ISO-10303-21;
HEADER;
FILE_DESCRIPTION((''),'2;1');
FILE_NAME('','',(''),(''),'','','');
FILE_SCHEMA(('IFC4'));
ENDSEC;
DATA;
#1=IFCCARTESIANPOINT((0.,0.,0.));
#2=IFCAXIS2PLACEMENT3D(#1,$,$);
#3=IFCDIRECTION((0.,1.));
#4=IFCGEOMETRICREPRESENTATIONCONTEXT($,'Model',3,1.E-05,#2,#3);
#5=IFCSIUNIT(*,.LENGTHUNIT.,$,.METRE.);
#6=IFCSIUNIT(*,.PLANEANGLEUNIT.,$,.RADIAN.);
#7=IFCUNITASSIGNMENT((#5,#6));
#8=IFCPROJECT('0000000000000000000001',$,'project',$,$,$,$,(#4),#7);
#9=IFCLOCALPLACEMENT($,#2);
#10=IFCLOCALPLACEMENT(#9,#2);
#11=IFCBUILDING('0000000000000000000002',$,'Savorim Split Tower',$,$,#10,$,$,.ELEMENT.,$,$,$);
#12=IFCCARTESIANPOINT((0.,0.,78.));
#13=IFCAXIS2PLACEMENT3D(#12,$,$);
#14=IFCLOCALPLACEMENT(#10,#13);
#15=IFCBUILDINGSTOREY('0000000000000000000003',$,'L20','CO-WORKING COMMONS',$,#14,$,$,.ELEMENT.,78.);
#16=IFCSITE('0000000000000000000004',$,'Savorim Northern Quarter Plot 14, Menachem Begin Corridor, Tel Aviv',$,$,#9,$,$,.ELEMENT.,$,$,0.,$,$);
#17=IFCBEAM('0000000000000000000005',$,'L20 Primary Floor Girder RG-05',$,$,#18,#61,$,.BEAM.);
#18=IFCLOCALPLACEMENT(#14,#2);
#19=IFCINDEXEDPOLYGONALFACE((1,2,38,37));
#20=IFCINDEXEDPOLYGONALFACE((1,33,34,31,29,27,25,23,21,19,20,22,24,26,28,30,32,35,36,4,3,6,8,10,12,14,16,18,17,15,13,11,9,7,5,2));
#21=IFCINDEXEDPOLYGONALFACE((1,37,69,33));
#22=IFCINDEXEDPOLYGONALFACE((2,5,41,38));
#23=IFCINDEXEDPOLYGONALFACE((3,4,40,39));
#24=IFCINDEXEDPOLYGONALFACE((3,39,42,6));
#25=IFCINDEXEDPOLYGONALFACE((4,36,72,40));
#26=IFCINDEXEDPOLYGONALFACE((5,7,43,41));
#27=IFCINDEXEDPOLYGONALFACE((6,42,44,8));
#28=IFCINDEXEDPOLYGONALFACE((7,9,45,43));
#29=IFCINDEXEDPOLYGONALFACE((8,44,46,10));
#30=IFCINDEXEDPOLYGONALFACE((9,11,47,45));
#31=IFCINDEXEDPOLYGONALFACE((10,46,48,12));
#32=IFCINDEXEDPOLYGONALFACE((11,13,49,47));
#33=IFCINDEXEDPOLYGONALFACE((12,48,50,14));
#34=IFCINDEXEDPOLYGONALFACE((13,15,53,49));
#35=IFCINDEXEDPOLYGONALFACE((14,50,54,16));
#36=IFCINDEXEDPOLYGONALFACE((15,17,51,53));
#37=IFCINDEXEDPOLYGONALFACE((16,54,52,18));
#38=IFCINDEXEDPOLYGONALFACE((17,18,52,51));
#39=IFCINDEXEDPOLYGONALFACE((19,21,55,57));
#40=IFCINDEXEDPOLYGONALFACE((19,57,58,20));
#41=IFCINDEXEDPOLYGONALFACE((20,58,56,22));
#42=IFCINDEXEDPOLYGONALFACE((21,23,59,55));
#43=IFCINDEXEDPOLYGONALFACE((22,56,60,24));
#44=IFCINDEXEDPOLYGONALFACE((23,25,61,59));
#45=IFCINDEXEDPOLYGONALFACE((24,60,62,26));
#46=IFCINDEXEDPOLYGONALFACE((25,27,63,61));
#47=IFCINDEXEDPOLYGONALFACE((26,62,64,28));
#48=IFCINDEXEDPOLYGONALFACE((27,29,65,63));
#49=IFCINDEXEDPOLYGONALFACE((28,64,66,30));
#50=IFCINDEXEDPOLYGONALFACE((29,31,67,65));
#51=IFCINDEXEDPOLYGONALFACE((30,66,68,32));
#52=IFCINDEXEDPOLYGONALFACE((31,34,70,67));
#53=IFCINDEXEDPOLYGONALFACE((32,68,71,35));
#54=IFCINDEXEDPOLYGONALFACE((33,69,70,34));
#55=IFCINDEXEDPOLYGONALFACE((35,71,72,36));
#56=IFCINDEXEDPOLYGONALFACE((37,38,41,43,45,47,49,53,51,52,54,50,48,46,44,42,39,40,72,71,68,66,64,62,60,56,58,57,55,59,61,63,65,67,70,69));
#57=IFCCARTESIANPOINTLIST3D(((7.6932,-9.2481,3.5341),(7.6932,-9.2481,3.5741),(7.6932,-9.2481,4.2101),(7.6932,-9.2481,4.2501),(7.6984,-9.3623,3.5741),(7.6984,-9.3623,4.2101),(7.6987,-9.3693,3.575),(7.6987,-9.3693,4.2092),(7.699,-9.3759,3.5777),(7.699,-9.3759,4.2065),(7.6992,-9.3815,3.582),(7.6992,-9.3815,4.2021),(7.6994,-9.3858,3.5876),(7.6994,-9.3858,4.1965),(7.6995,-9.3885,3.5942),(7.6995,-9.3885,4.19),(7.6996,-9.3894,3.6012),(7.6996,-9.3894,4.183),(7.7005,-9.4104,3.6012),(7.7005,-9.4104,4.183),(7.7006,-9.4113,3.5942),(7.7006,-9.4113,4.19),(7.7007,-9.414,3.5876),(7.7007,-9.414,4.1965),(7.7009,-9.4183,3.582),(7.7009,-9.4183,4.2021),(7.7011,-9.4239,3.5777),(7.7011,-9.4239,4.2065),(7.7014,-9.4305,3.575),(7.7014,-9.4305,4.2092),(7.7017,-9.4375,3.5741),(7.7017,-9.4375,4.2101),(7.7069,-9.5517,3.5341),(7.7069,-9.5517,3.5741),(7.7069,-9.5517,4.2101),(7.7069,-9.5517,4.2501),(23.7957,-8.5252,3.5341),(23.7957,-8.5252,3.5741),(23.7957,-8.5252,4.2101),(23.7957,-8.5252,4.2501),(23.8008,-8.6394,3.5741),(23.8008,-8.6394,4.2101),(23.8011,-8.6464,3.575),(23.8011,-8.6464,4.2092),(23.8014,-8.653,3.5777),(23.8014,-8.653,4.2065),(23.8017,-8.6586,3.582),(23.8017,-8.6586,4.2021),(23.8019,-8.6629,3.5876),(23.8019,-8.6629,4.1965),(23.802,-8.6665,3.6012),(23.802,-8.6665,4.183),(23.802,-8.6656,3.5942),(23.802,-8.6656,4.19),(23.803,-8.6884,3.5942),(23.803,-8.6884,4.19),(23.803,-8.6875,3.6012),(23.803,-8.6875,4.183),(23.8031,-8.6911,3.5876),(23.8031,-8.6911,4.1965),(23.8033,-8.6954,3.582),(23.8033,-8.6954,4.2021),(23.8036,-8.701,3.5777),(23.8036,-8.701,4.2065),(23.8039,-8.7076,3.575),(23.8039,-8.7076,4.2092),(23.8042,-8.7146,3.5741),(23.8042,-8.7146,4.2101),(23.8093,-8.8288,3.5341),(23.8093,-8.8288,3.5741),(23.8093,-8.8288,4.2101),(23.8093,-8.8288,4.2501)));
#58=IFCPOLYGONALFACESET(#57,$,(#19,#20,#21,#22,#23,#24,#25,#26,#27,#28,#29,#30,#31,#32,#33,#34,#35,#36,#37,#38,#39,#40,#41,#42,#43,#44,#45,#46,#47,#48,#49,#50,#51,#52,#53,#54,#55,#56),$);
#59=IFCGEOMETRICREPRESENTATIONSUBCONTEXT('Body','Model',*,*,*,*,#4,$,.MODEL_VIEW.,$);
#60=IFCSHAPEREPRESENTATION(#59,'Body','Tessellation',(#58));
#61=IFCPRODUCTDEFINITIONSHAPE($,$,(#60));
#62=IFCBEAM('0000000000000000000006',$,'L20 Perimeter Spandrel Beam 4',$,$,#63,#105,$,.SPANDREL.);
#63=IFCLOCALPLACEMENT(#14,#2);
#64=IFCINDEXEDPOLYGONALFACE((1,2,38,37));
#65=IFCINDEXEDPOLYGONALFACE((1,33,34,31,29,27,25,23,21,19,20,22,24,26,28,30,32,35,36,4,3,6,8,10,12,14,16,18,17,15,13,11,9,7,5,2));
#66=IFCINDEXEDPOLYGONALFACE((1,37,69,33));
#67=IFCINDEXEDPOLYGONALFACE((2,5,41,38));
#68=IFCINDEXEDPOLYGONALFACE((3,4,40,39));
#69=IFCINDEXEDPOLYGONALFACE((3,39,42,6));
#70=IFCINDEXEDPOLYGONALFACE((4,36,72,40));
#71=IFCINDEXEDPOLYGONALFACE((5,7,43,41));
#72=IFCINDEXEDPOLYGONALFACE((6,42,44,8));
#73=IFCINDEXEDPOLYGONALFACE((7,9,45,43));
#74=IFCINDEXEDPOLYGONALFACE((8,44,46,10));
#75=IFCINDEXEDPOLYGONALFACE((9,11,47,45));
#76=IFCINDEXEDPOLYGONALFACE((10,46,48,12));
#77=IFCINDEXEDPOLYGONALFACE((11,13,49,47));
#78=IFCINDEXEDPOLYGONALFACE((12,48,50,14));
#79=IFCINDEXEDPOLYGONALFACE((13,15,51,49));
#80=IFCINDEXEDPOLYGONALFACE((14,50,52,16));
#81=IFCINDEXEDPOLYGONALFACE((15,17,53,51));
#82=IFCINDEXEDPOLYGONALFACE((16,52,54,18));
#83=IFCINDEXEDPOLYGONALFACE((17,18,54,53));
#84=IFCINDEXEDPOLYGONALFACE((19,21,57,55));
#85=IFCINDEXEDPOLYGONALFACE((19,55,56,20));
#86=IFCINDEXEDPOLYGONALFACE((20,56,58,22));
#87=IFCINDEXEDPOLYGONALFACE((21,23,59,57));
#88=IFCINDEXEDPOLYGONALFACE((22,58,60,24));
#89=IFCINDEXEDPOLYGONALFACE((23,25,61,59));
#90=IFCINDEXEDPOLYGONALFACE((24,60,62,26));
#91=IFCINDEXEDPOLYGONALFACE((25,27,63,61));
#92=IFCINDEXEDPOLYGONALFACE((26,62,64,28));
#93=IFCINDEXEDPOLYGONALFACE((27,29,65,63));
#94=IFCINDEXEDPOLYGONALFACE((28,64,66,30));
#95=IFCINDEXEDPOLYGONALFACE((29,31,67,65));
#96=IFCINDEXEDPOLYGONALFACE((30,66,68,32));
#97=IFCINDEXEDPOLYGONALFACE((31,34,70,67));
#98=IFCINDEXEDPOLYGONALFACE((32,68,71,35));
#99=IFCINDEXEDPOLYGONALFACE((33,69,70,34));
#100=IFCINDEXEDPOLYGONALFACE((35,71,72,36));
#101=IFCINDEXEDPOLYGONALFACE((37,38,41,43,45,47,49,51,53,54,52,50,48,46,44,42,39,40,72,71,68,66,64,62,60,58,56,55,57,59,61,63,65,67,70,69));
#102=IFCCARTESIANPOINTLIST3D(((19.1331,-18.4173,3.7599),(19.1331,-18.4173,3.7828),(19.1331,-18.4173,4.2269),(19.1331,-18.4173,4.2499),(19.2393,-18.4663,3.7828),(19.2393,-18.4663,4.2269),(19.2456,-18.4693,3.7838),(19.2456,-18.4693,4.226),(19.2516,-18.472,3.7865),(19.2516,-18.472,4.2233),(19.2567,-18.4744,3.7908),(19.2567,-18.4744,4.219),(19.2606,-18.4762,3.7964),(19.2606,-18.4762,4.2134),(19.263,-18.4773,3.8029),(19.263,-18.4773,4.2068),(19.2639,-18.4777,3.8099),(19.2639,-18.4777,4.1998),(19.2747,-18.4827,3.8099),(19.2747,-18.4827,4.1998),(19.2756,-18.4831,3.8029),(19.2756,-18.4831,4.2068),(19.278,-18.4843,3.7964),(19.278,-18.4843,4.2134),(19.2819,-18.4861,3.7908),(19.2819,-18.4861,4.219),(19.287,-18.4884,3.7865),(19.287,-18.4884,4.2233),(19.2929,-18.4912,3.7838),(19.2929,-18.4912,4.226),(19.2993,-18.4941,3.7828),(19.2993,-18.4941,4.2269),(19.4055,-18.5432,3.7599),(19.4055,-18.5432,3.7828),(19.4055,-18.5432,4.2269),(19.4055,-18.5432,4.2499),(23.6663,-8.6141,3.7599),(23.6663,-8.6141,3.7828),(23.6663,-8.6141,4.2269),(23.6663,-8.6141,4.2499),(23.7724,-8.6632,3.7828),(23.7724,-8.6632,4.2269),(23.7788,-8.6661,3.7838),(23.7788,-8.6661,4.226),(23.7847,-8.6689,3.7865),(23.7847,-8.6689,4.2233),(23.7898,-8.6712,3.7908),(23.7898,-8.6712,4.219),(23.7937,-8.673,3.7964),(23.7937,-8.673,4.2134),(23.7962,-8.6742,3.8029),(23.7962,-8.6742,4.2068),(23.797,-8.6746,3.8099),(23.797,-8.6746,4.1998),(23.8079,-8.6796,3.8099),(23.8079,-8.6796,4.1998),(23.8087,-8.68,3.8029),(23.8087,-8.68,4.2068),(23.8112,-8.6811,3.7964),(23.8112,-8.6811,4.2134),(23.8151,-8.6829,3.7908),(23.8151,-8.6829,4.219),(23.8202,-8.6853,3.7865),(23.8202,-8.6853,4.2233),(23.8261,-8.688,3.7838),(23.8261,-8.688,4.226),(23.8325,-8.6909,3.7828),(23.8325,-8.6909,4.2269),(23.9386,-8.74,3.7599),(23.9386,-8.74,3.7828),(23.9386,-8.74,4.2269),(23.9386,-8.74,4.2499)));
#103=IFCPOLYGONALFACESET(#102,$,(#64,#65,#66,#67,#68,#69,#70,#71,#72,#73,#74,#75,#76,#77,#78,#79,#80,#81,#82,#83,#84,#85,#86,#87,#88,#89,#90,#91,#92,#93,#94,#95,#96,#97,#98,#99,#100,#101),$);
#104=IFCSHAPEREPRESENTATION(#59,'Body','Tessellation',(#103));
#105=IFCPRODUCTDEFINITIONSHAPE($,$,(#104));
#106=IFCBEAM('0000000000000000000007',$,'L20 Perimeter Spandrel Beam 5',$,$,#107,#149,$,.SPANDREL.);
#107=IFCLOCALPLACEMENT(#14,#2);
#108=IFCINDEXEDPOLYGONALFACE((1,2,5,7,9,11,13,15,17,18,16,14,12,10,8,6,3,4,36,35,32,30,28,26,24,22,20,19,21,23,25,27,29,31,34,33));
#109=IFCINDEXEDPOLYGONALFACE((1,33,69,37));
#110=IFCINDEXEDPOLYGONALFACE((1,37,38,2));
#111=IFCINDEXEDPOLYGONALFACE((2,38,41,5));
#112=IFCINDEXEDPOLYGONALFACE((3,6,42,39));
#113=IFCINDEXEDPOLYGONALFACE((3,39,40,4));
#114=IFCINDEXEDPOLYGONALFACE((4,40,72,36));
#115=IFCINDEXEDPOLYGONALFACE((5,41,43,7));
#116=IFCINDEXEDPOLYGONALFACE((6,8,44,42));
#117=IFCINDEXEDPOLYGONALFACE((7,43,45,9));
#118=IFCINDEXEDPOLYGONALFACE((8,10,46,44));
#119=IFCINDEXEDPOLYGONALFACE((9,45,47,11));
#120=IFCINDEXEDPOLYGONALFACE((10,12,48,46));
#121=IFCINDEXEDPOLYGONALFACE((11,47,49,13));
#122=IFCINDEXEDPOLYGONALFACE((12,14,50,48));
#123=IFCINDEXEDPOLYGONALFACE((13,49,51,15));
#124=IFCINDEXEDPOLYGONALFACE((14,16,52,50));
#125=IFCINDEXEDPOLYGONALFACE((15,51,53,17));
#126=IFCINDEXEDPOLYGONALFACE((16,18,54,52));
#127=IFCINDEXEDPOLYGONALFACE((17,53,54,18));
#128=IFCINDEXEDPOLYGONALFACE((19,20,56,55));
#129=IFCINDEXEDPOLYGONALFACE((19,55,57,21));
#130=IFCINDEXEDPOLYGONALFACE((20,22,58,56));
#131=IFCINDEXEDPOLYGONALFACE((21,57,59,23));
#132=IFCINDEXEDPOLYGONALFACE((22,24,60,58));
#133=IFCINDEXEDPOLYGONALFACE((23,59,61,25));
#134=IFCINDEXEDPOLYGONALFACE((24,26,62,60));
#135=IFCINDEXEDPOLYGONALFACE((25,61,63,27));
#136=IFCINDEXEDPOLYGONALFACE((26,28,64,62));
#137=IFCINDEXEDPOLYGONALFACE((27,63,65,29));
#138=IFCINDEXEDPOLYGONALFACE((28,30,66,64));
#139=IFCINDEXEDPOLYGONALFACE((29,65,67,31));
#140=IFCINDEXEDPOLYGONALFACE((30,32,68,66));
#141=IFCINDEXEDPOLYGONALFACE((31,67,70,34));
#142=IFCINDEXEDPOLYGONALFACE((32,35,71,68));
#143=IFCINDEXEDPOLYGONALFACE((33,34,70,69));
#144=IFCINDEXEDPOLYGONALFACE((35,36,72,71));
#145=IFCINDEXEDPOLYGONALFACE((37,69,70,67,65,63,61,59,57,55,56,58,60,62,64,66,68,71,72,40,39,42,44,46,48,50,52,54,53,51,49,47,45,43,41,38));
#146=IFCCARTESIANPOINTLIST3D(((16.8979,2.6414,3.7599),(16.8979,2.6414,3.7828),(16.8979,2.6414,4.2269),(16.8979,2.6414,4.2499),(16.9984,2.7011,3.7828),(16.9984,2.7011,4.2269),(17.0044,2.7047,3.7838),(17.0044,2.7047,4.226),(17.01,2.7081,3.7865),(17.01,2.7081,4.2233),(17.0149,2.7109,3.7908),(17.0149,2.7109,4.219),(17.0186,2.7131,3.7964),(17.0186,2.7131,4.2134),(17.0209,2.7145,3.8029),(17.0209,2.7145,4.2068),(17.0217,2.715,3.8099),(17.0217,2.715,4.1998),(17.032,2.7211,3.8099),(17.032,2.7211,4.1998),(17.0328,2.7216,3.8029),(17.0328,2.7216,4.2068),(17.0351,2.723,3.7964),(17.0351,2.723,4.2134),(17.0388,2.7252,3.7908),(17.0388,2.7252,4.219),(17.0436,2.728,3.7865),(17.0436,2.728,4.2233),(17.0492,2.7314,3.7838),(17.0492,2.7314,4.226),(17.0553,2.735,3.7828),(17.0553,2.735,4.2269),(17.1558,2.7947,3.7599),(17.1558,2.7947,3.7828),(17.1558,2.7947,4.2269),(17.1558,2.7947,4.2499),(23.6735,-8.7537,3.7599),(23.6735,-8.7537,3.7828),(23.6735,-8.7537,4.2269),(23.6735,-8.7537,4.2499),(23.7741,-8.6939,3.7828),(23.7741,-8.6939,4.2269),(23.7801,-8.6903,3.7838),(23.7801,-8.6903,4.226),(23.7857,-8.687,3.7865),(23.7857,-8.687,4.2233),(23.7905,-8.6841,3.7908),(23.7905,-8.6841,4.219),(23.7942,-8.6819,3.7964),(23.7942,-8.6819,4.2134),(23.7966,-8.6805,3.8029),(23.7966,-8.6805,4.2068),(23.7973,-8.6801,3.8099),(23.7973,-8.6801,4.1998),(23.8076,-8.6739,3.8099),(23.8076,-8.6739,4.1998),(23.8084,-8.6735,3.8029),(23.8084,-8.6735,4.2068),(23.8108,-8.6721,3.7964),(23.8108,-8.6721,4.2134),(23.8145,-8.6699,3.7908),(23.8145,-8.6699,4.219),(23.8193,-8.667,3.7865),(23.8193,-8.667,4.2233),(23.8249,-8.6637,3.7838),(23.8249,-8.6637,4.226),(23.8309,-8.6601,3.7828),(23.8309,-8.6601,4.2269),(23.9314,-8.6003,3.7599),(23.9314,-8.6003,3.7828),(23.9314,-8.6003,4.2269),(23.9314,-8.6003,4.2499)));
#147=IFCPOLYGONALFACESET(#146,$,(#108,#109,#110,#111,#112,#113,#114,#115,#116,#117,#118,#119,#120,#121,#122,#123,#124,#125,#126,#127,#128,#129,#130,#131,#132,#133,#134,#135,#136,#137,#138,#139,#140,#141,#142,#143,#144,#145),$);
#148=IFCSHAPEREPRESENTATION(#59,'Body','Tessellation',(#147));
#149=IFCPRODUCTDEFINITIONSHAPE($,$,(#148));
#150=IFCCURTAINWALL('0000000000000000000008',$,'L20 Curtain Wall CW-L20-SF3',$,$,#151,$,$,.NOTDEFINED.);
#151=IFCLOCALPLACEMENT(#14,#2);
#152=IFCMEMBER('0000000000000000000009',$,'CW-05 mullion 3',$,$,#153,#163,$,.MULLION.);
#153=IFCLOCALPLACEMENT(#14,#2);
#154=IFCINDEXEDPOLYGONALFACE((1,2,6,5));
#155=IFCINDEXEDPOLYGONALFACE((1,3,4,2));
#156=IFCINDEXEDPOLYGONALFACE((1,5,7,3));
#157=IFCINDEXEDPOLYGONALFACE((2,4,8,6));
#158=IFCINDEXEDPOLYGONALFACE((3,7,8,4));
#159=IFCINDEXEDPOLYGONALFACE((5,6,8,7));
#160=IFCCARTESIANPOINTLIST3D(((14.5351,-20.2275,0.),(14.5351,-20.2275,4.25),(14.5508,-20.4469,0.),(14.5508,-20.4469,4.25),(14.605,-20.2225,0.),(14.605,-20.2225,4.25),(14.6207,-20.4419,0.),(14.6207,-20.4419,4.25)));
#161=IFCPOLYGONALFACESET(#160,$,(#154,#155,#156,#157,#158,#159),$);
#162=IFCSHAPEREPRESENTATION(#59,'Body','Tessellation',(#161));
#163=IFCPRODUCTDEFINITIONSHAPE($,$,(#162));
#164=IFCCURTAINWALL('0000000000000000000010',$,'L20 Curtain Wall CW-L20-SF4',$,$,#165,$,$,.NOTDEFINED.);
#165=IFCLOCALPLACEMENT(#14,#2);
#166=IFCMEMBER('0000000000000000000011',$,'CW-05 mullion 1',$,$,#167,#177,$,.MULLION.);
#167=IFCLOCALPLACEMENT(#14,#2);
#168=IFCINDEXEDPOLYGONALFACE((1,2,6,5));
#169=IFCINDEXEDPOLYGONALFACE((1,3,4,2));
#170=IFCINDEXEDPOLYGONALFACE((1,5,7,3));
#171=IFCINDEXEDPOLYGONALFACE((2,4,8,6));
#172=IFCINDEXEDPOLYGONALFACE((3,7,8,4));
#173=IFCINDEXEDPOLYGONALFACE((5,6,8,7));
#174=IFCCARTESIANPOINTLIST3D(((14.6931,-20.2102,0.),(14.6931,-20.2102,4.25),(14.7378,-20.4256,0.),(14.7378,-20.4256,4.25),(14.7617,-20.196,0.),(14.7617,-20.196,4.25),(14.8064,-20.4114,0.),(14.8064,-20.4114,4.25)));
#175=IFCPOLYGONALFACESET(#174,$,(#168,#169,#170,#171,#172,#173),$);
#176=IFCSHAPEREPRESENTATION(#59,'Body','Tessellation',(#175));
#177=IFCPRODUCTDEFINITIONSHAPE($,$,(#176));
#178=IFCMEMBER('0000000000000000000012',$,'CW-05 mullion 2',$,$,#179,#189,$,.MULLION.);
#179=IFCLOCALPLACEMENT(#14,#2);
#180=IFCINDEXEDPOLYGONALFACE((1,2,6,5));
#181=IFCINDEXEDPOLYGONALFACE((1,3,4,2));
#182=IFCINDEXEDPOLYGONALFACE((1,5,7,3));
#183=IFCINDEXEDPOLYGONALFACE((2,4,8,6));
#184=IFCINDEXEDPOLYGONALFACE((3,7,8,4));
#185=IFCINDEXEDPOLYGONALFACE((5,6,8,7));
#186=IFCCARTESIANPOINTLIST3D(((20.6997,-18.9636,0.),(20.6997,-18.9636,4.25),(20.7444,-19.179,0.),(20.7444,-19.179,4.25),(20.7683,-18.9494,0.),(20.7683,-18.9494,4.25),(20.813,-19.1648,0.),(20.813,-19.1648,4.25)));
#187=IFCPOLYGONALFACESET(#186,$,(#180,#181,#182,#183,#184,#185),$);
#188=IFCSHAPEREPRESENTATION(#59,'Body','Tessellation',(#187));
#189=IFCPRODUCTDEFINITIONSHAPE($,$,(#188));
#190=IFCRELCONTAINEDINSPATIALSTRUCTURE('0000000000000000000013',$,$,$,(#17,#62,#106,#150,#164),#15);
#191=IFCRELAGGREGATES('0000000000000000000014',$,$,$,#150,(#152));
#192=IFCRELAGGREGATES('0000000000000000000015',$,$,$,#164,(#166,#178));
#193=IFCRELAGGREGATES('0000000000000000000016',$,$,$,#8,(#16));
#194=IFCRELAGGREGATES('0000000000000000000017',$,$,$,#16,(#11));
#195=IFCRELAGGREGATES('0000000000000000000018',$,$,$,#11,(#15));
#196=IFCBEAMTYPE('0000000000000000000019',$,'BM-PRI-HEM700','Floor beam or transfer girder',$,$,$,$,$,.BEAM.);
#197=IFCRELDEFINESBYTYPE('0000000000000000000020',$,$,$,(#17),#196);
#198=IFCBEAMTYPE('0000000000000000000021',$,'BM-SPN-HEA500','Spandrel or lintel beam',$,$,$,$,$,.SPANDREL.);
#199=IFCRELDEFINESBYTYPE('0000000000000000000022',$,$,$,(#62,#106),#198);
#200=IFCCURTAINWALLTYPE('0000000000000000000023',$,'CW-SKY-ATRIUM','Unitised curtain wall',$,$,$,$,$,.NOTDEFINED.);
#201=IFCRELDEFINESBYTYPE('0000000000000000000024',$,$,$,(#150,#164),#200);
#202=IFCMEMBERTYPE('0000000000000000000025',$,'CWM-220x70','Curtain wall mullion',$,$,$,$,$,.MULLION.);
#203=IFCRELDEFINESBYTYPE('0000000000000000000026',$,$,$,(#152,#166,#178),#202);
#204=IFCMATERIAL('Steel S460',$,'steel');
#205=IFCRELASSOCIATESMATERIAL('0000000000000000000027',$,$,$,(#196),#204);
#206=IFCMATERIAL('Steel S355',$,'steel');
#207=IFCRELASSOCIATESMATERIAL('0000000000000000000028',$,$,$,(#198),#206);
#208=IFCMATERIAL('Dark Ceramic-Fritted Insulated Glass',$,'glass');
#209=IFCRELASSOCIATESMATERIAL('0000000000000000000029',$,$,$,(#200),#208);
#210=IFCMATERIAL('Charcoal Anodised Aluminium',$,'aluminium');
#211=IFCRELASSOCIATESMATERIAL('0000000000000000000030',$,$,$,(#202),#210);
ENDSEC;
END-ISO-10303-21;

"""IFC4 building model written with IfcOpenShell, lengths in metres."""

from ifc_helpers import new_model, si_unit, direction, frame, origin, origin_2d, place, context, subcontext, project, spatial, rectangle, i_section, extrude, material, material_profile, profile_set, type_object, element, aggregate, save


model = new_model("IFC4")

# Units and contexts
model_context = context("Model", 3, precision=1e-05, world=origin(), true_north=direction((0.0, 1.0)))
body_context = subcontext(model_context, "Body", "Model", "MODEL_VIEW")
ifc_project = project(units=[si_unit("LENGTHUNIT", "METRE"), si_unit("PLANEANGLEUNIT", "RADIAN")], contexts=[model_context])

# Site, building, storey
site_placement = place(None, origin())
site = spatial("IfcSite", under=ifc_project, at=site_placement, Name="Savorim Northern Quarter Plot 14, Menachem Begin Corridor, Tel Aviv", CompositionType="ELEMENT", RefElevation=0.0)
building_placement = place(site_placement, origin())
building = spatial("IfcBuilding", under=site, at=building_placement, Name="Savorim Split Tower", CompositionType="ELEMENT")
storey_placement = place(building_placement, frame((0.0, 0.0, 78.0)))
storey = spatial("IfcBuildingStorey", under=building, at=storey_placement, Name="L20", Description="CO-WORKING COMMONS", CompositionType="ELEMENT", Elevation=78.0)

# Shared definitions
ifc_material_1 = material(Name="Steel S460", Category="steel")

# Beams
ifc_material_2 = material(Name="Steel S355", Category="steel")
ifc_material_profile_1 = material_profile(ifc_material_1, i_section(OverallWidth=0.304, OverallDepth=0.7161, WebThickness=0.021, FlangeThickness=0.04, FilletRadius=0.0271, at=origin_2d()), Name="HE 700 M")
ifc_profile_set_1 = profile_set([ifc_material_profile_1], Name="Steel S460")
beam_type_1 = type_object("IfcBeamType", Name="BM-PRI-HEM700", Description="Floor beam or transfer girder", PredefinedType="BEAM", material=ifc_profile_set_1)
beam_1_placement = place(storey_placement, frame((23.8025, -8.677, 3.8921), z_axis=(-0.998994, -0.044848, 0.0), x_axis=(0.044848, -0.998994, 0.0)))
element("IfcBeam", 1, at=beam_1_placement, inside=storey, type_object=beam_type_1, Name="L20 Primary Floor Girder RG-05", PredefinedType="BEAM", context=body_context, shape_type="SweptSolid", body=[
    extrude(i_section(OverallWidth=0.304, OverallDepth=0.7161, WebThickness=0.021, FlangeThickness=0.04, FilletRadius=0.0271, at=origin_2d()), origin(), (0.0, 0.0, 1.0), 16.1187),
])
ifc_material_profile_2 = material_profile(ifc_material_2, i_section(OverallWidth=0.3, OverallDepth=0.49, WebThickness=0.012, FlangeThickness=0.0229, FilletRadius=0.0271, at=origin_2d()), Name="HEA 500")
ifc_profile_set_2 = profile_set([ifc_material_profile_2], Name="Steel S355")
beam_type_2 = type_object("IfcBeamType", Name="BM-SPN-HEA500", Description="Spandrel or lintel beam", PredefinedType="SPANDREL", material=ifc_profile_set_2)
beam_2_placement = place(storey_placement, frame((19.2693, -18.4802, 4.0049), z_axis=(0.419717, 0.907655, 0.0), x_axis=(-0.907655, 0.419717, 0.0)))
element("IfcBeam", 2, at=beam_2_placement, inside=storey, type_object=beam_type_2, Name="L20 Perimeter Spandrel Beam 4", PredefinedType="SPANDREL", context=body_context, shape_type="SweptSolid", body=[
    extrude(i_section(OverallWidth=0.3, OverallDepth=0.49, WebThickness=0.012, FlangeThickness=0.0229, FilletRadius=0.0271, at=origin_2d()), origin(), (0.0, 0.0, 1.0), 10.8005),
])
beam_3_placement = place(storey_placement, frame((23.8025, -8.677, 4.0049), z_axis=(-0.511088, 0.859529, 0.0), x_axis=(-0.859529, -0.511088, 0.0)))
element("IfcBeam", 3, at=beam_3_placement, inside=storey, type_object=beam_type_2, Name="L20 Perimeter Spandrel Beam 5", PredefinedType="SPANDREL", context=body_context, shape_type="SweptSolid", body=[
    extrude(i_section(OverallWidth=0.3, OverallDepth=0.49, WebThickness=0.012, FlangeThickness=0.0229, FilletRadius=0.0271, at=origin_2d()), origin(), (0.0, 0.0, 1.0), 13.2573),
])

# Curtain wall, member
ifc_material_3 = material(Name="Dark Ceramic-Fritted Insulated Glass", Category="glass")
curtain_wall_type = type_object("IfcCurtainWallType", Name="CW-SKY-ATRIUM", Description="Unitised curtain wall", PredefinedType="NOTDEFINED", material=ifc_material_3)
curtain_wall_1_placement = place(storey_placement, origin())
curtain_wall_1 = element("IfcCurtainWall", 4, at=curtain_wall_1_placement, inside=storey, type_object=curtain_wall_type, Name="L20 Curtain Wall CW-L20-SF3", PredefinedType="NOTDEFINED")
ifc_material_4 = material(Name="Charcoal Anodised Aluminium", Category="aluminium")
ifc_material_profile_3 = material_profile(ifc_material_4, rectangle(XDim=0.22, YDim=0.0701, at=origin_2d()), Name="ALU-M 220x70")
ifc_profile_set_3 = profile_set([ifc_material_profile_3], Name="Charcoal Anodised Aluminium")
member_type_1 = type_object("IfcMemberType", Name="CWM-220x70", Description="Curtain wall mullion", PredefinedType="MULLION", material=ifc_profile_set_3)
member_1_placement = place(storey_placement, frame((14.5779, -20.3347, 0.0), z_axis=(0.0, 0.0, 1.0), x_axis=(-0.071561, 0.997436, 0.0)))
member_1 = element("IfcMember", 5, at=member_1_placement, type_object=member_type_1, Name="CW-05 mullion 3", PredefinedType="MULLION", context=body_context, shape_type="SweptSolid", body=[
    extrude(rectangle(XDim=0.22, YDim=0.0701, at=origin_2d()), origin(), (0.0, 0.0, 1.0), 4.25),
])
aggregate(curtain_wall_1, [member_1])

# Curtain wall, members
curtain_wall_2_placement = place(storey_placement, origin())
curtain_wall_2 = element("IfcCurtainWall", 6, at=curtain_wall_2_placement, inside=storey, type_object=curtain_wall_type, Name="L20 Curtain Wall CW-L20-SF4", PredefinedType="NOTDEFINED")
member_2_placement = place(storey_placement, frame((14.7498, -20.3108, 0.0), z_axis=(0.0, 0.0, 1.0), x_axis=(-0.20321, 0.979135, 0.0)))
member_2 = element("IfcMember", 7, at=member_2_placement, type_object=member_type_1, Name="CW-05 mullion 1", PredefinedType="MULLION", context=body_context, shape_type="SweptSolid", body=[
    extrude(rectangle(XDim=0.22, YDim=0.0701, at=origin_2d()), origin(), (0.0, 0.0, 1.0), 4.25),
])
member_3_placement = place(storey_placement, frame((20.7563, -19.0642, 0.0), z_axis=(0.0, 0.0, 1.0), x_axis=(-0.20321, 0.979135, 0.0)))
member_3 = element("IfcMember", 8, at=member_3_placement, type_object=member_type_1, Name="CW-05 mullion 2", PredefinedType="MULLION", context=body_context, shape_type="SweptSolid", body=[
    extrude(rectangle(XDim=0.22, YDim=0.0701, at=origin_2d()), origin(), (0.0, 0.0, 1.0), 4.25),
])

aggregate(curtain_wall_2, [member_2, member_3])

save(model, "model.ifc")
